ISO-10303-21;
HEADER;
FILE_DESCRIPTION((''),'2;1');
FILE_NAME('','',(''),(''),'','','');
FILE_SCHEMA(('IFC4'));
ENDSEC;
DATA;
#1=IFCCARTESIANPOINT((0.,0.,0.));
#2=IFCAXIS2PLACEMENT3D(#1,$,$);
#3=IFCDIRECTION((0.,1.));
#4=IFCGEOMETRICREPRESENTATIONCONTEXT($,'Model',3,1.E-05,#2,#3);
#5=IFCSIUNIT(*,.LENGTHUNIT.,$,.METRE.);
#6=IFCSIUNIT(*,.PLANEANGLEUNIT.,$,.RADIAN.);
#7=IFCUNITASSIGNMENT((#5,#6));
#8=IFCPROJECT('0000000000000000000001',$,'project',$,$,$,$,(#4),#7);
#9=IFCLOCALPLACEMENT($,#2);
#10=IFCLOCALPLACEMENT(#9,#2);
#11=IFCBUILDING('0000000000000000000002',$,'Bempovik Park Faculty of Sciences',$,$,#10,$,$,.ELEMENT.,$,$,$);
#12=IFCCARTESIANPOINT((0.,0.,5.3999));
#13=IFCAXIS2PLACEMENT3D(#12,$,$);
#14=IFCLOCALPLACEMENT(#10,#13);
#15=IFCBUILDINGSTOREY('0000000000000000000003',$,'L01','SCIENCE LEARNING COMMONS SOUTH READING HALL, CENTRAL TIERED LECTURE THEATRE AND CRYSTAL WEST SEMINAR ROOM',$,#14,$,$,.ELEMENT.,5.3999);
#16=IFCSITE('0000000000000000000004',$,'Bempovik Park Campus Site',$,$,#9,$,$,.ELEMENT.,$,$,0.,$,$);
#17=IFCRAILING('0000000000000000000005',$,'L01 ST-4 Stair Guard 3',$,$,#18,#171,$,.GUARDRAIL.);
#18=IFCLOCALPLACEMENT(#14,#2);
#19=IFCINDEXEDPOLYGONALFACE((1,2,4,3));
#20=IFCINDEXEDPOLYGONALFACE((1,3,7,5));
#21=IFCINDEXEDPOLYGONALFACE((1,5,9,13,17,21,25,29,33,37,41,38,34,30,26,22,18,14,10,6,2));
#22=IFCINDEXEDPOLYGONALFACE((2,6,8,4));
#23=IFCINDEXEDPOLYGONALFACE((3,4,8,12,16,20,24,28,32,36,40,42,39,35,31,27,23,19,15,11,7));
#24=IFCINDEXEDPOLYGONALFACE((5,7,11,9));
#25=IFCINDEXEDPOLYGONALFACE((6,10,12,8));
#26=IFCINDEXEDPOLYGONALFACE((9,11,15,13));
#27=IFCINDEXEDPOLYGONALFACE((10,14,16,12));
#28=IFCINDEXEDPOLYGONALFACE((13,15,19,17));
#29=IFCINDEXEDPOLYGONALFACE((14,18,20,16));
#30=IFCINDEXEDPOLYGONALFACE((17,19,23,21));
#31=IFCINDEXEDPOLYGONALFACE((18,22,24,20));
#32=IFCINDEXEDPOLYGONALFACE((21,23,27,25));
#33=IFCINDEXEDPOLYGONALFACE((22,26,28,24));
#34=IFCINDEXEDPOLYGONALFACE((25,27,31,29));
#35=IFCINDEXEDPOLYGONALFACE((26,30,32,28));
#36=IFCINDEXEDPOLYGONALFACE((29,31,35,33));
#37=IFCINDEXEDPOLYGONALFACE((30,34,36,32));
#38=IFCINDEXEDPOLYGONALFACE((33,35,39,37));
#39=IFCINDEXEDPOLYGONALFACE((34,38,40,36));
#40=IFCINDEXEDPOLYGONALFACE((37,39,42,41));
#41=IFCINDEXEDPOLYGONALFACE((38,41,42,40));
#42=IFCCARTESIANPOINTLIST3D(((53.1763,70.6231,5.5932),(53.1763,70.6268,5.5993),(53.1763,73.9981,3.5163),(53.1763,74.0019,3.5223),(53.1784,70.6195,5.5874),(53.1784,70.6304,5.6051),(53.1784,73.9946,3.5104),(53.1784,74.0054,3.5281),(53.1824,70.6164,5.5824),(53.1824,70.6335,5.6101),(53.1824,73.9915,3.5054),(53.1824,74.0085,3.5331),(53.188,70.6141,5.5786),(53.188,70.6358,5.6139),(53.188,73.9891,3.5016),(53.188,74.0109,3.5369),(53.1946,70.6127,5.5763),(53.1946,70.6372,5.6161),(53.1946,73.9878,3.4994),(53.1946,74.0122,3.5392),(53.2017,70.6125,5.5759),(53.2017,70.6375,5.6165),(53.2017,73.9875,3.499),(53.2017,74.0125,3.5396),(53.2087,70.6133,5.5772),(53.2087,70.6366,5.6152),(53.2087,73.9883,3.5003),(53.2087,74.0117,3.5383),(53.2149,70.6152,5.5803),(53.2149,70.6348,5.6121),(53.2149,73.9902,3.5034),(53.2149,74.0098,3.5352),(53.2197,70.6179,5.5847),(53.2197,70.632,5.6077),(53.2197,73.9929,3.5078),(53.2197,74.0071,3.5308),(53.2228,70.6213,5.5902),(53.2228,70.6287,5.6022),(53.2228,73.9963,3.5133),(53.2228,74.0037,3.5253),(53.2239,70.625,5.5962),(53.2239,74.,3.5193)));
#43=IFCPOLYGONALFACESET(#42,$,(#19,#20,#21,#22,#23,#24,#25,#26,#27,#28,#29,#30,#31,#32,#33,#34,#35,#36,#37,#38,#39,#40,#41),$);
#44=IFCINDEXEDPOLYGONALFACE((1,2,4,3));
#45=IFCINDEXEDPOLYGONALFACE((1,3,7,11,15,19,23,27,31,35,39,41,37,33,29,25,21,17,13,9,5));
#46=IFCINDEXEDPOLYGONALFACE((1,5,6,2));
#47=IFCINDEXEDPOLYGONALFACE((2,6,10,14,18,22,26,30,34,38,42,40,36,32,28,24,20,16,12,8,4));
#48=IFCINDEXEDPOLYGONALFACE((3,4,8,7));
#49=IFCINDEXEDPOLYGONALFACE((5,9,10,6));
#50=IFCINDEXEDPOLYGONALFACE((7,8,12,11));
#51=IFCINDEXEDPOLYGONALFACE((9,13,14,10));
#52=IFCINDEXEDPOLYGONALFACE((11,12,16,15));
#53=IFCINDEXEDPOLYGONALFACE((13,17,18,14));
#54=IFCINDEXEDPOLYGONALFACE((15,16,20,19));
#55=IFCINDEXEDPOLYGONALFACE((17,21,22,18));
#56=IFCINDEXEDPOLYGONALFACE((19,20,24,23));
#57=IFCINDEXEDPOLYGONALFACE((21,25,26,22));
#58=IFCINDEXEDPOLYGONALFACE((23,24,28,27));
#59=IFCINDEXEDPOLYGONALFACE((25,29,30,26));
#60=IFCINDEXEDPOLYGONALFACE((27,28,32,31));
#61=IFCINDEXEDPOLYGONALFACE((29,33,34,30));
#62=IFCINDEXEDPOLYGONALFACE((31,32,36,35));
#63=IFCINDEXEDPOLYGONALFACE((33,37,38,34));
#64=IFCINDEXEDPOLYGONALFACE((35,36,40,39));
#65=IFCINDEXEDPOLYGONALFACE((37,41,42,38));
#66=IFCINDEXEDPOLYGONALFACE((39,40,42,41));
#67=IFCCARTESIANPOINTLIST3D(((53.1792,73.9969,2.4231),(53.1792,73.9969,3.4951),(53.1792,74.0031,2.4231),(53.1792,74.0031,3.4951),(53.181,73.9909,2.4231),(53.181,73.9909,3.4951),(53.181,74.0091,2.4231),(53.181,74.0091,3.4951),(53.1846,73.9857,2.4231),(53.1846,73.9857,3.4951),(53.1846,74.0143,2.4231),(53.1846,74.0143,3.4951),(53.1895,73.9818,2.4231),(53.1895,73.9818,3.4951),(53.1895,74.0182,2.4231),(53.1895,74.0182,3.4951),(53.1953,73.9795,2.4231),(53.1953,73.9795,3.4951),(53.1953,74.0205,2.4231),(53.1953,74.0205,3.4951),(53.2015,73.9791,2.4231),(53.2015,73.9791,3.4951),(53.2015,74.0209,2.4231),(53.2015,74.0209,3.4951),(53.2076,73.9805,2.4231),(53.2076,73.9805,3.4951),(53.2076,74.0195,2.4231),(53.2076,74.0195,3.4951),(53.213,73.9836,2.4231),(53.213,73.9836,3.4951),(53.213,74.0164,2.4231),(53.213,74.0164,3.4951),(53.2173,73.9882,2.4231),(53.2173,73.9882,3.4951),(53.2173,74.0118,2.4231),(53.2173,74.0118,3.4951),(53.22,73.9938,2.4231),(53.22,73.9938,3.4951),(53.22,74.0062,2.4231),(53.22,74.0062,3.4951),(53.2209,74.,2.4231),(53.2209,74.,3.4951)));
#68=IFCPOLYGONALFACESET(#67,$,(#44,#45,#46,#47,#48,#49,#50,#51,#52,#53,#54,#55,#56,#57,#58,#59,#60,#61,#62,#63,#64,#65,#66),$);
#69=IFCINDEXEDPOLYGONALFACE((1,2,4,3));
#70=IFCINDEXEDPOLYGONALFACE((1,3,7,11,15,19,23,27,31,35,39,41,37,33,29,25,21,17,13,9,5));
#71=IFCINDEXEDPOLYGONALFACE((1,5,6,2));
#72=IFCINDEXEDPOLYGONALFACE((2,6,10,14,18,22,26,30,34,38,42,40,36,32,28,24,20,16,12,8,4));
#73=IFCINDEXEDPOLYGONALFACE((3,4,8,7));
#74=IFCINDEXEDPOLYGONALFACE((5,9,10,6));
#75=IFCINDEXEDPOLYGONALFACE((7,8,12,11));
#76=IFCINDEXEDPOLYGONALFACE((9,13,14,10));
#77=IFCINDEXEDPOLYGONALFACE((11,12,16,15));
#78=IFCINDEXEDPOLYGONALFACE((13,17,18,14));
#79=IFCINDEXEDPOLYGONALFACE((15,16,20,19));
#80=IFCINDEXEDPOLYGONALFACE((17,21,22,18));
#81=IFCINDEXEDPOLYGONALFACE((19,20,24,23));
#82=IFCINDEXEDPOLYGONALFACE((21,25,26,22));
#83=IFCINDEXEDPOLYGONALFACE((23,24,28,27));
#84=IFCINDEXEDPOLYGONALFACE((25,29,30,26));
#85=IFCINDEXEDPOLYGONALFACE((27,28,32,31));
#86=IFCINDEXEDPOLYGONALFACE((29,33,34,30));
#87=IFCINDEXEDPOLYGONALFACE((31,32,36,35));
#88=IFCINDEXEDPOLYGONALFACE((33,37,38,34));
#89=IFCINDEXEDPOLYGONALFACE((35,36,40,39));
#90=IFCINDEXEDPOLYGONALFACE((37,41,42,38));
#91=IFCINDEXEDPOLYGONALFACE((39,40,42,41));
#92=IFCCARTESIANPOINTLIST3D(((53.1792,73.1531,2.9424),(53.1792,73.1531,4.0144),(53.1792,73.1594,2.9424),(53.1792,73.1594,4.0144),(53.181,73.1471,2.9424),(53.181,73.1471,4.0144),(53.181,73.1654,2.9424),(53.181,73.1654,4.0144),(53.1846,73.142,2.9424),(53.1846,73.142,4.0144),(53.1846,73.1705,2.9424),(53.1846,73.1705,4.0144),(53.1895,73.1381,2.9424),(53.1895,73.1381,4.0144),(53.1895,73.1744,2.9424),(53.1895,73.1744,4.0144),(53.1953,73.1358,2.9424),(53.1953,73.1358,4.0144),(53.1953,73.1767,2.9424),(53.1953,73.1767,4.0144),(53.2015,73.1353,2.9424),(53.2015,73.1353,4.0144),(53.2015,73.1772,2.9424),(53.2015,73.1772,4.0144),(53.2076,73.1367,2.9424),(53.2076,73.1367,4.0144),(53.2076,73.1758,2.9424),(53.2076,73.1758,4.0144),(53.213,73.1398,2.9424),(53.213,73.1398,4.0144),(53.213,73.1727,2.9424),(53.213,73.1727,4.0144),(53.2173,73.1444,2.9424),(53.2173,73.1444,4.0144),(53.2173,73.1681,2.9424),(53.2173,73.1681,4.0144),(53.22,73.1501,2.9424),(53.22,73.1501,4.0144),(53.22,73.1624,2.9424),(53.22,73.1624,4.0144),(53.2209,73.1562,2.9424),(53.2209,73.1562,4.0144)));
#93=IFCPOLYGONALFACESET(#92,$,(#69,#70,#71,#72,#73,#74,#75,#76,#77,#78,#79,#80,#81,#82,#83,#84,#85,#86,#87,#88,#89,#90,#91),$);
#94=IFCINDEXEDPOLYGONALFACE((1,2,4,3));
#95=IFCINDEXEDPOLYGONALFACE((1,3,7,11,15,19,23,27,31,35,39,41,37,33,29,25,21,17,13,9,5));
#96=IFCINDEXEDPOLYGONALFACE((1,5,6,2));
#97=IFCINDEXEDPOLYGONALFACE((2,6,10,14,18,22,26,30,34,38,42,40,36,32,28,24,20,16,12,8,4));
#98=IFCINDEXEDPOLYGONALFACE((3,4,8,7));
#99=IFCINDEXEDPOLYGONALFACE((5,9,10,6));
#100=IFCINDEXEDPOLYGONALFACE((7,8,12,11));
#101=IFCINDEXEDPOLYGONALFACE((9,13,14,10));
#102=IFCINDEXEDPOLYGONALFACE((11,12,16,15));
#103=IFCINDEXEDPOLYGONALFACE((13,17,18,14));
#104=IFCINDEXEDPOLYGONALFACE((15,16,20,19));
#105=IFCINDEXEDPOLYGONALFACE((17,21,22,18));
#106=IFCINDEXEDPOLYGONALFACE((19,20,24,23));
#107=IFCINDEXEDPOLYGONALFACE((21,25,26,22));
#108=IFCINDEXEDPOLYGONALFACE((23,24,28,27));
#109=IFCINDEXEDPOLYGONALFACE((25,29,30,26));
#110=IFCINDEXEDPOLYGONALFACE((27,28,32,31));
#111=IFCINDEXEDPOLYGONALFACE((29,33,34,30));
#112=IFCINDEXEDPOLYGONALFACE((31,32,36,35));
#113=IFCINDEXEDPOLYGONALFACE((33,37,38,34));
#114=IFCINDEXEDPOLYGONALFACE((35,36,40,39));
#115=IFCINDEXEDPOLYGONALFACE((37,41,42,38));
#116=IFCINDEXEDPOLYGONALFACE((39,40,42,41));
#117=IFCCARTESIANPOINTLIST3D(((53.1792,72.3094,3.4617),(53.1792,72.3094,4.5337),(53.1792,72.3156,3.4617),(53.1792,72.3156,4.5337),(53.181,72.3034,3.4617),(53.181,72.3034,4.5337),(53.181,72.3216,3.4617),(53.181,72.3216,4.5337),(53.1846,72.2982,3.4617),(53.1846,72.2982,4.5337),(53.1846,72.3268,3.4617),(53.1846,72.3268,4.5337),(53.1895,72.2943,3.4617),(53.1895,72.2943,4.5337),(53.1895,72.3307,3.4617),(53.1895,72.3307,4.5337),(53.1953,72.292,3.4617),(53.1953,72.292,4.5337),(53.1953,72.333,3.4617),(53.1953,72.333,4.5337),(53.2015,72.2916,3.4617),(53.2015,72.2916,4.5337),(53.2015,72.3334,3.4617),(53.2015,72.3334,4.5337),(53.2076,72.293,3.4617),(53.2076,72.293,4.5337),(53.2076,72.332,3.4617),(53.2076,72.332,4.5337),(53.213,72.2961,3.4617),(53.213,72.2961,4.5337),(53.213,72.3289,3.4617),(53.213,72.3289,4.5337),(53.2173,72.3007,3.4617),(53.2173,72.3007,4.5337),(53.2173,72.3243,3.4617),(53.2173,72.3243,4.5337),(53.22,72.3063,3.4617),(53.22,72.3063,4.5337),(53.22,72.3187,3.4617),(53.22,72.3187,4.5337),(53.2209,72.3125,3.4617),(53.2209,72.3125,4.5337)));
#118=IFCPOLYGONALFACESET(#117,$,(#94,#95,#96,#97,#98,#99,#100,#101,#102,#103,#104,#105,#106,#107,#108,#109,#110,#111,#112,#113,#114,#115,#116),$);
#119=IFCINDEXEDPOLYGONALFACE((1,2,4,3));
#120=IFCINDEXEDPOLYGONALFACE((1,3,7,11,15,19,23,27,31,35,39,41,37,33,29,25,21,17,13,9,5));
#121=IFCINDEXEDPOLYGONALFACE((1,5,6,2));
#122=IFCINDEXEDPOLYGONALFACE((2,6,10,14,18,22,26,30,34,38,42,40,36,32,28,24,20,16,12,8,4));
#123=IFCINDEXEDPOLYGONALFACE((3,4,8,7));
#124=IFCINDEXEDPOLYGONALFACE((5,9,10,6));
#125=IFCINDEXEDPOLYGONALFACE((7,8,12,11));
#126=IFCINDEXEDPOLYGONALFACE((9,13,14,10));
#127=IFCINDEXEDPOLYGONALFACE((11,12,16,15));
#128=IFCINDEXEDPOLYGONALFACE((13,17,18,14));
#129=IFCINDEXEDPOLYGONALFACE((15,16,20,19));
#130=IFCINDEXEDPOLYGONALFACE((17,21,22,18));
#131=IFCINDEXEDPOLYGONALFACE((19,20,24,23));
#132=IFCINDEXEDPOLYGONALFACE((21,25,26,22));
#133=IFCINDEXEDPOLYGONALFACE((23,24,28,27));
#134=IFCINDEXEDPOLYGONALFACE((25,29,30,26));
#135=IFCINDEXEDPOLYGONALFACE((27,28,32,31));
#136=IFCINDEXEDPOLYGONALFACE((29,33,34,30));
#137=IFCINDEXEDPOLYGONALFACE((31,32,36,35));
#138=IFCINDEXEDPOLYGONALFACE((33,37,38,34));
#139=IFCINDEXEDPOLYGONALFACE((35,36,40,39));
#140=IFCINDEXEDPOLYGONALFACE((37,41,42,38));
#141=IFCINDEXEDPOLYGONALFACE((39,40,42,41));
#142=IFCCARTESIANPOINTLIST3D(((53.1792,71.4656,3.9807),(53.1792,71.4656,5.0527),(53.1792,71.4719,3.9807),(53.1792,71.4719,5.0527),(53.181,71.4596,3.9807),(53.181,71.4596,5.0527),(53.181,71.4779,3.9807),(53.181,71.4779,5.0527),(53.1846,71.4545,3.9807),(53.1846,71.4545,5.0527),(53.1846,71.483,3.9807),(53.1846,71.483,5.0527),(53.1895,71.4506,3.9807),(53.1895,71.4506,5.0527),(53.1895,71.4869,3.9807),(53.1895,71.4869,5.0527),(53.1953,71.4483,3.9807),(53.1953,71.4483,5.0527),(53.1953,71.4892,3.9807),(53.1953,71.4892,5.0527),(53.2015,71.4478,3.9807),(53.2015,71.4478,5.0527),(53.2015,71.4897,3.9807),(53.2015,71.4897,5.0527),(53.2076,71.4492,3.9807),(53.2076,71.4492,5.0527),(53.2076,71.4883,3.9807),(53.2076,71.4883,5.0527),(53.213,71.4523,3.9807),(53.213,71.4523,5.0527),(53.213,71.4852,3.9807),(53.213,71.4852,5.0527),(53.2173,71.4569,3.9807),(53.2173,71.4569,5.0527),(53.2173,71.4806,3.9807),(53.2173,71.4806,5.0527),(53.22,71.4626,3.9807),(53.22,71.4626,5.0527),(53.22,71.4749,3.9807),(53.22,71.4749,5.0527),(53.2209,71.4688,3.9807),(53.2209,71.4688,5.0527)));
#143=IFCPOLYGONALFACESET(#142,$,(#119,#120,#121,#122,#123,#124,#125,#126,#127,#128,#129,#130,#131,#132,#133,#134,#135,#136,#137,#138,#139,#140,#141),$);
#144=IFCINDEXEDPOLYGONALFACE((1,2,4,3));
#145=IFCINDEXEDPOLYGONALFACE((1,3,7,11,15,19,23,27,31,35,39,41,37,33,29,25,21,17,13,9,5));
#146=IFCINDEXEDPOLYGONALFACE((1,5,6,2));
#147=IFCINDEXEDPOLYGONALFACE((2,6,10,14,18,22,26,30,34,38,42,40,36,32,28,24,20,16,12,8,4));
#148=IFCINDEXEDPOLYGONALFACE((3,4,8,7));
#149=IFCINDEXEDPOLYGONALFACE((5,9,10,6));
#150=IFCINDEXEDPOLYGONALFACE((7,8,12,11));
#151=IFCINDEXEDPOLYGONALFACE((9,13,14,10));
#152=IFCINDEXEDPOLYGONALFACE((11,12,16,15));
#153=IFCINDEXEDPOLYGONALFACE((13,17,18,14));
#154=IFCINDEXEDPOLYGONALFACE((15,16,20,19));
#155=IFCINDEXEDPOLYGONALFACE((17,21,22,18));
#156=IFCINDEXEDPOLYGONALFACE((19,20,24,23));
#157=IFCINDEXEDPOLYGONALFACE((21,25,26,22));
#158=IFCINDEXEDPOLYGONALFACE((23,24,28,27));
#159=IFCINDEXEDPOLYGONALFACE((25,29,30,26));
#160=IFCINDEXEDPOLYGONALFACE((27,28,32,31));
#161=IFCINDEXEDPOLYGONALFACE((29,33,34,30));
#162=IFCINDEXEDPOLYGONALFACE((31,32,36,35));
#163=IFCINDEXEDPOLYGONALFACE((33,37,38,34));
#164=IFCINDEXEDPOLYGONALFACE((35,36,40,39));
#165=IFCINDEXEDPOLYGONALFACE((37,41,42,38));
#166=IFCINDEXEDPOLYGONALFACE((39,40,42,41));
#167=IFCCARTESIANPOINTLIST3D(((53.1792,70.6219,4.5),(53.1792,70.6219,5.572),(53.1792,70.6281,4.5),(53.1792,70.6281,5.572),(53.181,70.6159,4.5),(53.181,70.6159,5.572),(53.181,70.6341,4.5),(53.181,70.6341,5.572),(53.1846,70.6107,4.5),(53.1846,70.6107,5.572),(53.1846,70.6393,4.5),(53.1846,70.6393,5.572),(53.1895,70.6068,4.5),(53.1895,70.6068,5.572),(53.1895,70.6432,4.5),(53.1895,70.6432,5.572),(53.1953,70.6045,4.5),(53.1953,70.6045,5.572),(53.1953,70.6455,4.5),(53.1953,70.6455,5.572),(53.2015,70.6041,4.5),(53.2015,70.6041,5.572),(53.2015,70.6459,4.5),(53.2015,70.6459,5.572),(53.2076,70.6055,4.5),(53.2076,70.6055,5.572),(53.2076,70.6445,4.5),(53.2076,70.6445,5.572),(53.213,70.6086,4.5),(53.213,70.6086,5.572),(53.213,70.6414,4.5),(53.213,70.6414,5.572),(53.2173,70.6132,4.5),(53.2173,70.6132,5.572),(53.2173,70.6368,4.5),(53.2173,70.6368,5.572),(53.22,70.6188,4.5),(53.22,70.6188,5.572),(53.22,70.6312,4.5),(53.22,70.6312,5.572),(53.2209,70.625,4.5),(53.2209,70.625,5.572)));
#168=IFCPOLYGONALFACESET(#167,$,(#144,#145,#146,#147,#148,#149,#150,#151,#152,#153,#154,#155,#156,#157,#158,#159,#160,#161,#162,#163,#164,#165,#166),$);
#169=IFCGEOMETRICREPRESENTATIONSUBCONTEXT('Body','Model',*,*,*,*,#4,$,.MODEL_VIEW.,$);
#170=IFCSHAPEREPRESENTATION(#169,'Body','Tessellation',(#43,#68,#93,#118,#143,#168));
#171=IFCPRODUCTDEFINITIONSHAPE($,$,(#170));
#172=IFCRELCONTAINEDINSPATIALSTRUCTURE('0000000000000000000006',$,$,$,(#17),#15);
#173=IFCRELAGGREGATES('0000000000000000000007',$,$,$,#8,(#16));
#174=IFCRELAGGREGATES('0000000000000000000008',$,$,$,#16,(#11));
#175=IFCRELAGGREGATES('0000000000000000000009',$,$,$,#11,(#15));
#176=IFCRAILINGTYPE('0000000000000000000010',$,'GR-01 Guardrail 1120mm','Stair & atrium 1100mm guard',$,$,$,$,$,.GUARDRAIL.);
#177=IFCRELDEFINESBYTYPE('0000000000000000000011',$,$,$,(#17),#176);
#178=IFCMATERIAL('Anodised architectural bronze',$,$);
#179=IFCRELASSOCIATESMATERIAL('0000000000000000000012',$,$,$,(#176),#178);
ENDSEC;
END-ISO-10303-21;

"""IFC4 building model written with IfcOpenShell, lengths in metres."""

from ifc_helpers import new_model, si_unit, direction, frame, origin, origin_2d, place, context, subcontext, project, spatial, circle, extrude, material, type_object, element, save


model = new_model("IFC4")

# Units and contexts
model_context = context("Model", 3, precision=1e-05, world=origin(), true_north=direction((0.0, 1.0)))
body_context = subcontext(model_context, "Body", "Model", "MODEL_VIEW")
ifc_project = project(units=[si_unit("LENGTHUNIT", "METRE"), si_unit("PLANEANGLEUNIT", "RADIAN")], contexts=[model_context])

# Site, building, storey
site_placement = place(None, origin())
site = spatial("IfcSite", under=ifc_project, at=site_placement, Name="Bempovik Park Campus Site", CompositionType="ELEMENT", RefElevation=0.0)
building_placement = place(site_placement, origin())
building = spatial("IfcBuilding", under=site, at=building_placement, Name="Bempovik Park Faculty of Sciences", CompositionType="ELEMENT")
storey_placement = place(building_placement, frame((0.0, 0.0, 5.3999)))
storey = spatial("IfcBuildingStorey", under=building, at=storey_placement, Name="L01", Description="SCIENCE LEARNING COMMONS SOUTH READING HALL, CENTRAL TIERED LECTURE THEATRE AND CRYSTAL WEST SEMINAR ROOM", CompositionType="ELEMENT", Elevation=5.3999)

# Shared definitions
ifc_material_1 = material(Name="Anodised architectural bronze")

# Railing
railing_type_1 = type_object("IfcRailingType", Name="GR-01 Guardrail 1120mm", Description="Stair & atrium 1100mm guard", PredefinedType="GUARDRAIL", material=ifc_material_1)
railing_1_placement = place(storey_placement, frame((53.2, 74.0, 2.4231)))
element("IfcRailing", 1, at=railing_1_placement, inside=storey, type_object=railing_type_1, Name="L01 ST-4 Stair Guard 3", PredefinedType="GUARDRAIL", context=body_context, shape_type="SweptSolid", body=[
    extrude(circle(Radius=0.0239, at=origin_2d()), frame((0.0, 0.0, 1.0962), z_axis=(0.0, -0.85166, 0.524094), x_axis=(1.0, 0.0, 0.0)), (0.0, 0.0, 1.0), 3.9629),
    extrude(circle(Radius=0.021, at=origin_2d()), origin(), (0.0, 0.0, 1.0), 1.072),
    extrude(circle(Radius=0.021, at=origin_2d()), frame((0.0, -0.8438, 0.5193)), (0.0, 0.0, 1.0), 1.072),
    extrude(circle(Radius=0.021, at=origin_2d()), frame((0.0, -1.6875, 1.0386)), (0.0, 0.0, 1.0), 1.072),
    extrude(circle(Radius=0.021, at=origin_2d()), frame((0.0, -2.5312, 1.5576)), (0.0, 0.0, 1.0), 1.072),
    extrude(circle(Radius=0.021, at=origin_2d()), frame((0.0, -3.375, 2.0769)), (0.0, 0.0, 1.0), 1.072),
])

save(model, "model.ifc")
